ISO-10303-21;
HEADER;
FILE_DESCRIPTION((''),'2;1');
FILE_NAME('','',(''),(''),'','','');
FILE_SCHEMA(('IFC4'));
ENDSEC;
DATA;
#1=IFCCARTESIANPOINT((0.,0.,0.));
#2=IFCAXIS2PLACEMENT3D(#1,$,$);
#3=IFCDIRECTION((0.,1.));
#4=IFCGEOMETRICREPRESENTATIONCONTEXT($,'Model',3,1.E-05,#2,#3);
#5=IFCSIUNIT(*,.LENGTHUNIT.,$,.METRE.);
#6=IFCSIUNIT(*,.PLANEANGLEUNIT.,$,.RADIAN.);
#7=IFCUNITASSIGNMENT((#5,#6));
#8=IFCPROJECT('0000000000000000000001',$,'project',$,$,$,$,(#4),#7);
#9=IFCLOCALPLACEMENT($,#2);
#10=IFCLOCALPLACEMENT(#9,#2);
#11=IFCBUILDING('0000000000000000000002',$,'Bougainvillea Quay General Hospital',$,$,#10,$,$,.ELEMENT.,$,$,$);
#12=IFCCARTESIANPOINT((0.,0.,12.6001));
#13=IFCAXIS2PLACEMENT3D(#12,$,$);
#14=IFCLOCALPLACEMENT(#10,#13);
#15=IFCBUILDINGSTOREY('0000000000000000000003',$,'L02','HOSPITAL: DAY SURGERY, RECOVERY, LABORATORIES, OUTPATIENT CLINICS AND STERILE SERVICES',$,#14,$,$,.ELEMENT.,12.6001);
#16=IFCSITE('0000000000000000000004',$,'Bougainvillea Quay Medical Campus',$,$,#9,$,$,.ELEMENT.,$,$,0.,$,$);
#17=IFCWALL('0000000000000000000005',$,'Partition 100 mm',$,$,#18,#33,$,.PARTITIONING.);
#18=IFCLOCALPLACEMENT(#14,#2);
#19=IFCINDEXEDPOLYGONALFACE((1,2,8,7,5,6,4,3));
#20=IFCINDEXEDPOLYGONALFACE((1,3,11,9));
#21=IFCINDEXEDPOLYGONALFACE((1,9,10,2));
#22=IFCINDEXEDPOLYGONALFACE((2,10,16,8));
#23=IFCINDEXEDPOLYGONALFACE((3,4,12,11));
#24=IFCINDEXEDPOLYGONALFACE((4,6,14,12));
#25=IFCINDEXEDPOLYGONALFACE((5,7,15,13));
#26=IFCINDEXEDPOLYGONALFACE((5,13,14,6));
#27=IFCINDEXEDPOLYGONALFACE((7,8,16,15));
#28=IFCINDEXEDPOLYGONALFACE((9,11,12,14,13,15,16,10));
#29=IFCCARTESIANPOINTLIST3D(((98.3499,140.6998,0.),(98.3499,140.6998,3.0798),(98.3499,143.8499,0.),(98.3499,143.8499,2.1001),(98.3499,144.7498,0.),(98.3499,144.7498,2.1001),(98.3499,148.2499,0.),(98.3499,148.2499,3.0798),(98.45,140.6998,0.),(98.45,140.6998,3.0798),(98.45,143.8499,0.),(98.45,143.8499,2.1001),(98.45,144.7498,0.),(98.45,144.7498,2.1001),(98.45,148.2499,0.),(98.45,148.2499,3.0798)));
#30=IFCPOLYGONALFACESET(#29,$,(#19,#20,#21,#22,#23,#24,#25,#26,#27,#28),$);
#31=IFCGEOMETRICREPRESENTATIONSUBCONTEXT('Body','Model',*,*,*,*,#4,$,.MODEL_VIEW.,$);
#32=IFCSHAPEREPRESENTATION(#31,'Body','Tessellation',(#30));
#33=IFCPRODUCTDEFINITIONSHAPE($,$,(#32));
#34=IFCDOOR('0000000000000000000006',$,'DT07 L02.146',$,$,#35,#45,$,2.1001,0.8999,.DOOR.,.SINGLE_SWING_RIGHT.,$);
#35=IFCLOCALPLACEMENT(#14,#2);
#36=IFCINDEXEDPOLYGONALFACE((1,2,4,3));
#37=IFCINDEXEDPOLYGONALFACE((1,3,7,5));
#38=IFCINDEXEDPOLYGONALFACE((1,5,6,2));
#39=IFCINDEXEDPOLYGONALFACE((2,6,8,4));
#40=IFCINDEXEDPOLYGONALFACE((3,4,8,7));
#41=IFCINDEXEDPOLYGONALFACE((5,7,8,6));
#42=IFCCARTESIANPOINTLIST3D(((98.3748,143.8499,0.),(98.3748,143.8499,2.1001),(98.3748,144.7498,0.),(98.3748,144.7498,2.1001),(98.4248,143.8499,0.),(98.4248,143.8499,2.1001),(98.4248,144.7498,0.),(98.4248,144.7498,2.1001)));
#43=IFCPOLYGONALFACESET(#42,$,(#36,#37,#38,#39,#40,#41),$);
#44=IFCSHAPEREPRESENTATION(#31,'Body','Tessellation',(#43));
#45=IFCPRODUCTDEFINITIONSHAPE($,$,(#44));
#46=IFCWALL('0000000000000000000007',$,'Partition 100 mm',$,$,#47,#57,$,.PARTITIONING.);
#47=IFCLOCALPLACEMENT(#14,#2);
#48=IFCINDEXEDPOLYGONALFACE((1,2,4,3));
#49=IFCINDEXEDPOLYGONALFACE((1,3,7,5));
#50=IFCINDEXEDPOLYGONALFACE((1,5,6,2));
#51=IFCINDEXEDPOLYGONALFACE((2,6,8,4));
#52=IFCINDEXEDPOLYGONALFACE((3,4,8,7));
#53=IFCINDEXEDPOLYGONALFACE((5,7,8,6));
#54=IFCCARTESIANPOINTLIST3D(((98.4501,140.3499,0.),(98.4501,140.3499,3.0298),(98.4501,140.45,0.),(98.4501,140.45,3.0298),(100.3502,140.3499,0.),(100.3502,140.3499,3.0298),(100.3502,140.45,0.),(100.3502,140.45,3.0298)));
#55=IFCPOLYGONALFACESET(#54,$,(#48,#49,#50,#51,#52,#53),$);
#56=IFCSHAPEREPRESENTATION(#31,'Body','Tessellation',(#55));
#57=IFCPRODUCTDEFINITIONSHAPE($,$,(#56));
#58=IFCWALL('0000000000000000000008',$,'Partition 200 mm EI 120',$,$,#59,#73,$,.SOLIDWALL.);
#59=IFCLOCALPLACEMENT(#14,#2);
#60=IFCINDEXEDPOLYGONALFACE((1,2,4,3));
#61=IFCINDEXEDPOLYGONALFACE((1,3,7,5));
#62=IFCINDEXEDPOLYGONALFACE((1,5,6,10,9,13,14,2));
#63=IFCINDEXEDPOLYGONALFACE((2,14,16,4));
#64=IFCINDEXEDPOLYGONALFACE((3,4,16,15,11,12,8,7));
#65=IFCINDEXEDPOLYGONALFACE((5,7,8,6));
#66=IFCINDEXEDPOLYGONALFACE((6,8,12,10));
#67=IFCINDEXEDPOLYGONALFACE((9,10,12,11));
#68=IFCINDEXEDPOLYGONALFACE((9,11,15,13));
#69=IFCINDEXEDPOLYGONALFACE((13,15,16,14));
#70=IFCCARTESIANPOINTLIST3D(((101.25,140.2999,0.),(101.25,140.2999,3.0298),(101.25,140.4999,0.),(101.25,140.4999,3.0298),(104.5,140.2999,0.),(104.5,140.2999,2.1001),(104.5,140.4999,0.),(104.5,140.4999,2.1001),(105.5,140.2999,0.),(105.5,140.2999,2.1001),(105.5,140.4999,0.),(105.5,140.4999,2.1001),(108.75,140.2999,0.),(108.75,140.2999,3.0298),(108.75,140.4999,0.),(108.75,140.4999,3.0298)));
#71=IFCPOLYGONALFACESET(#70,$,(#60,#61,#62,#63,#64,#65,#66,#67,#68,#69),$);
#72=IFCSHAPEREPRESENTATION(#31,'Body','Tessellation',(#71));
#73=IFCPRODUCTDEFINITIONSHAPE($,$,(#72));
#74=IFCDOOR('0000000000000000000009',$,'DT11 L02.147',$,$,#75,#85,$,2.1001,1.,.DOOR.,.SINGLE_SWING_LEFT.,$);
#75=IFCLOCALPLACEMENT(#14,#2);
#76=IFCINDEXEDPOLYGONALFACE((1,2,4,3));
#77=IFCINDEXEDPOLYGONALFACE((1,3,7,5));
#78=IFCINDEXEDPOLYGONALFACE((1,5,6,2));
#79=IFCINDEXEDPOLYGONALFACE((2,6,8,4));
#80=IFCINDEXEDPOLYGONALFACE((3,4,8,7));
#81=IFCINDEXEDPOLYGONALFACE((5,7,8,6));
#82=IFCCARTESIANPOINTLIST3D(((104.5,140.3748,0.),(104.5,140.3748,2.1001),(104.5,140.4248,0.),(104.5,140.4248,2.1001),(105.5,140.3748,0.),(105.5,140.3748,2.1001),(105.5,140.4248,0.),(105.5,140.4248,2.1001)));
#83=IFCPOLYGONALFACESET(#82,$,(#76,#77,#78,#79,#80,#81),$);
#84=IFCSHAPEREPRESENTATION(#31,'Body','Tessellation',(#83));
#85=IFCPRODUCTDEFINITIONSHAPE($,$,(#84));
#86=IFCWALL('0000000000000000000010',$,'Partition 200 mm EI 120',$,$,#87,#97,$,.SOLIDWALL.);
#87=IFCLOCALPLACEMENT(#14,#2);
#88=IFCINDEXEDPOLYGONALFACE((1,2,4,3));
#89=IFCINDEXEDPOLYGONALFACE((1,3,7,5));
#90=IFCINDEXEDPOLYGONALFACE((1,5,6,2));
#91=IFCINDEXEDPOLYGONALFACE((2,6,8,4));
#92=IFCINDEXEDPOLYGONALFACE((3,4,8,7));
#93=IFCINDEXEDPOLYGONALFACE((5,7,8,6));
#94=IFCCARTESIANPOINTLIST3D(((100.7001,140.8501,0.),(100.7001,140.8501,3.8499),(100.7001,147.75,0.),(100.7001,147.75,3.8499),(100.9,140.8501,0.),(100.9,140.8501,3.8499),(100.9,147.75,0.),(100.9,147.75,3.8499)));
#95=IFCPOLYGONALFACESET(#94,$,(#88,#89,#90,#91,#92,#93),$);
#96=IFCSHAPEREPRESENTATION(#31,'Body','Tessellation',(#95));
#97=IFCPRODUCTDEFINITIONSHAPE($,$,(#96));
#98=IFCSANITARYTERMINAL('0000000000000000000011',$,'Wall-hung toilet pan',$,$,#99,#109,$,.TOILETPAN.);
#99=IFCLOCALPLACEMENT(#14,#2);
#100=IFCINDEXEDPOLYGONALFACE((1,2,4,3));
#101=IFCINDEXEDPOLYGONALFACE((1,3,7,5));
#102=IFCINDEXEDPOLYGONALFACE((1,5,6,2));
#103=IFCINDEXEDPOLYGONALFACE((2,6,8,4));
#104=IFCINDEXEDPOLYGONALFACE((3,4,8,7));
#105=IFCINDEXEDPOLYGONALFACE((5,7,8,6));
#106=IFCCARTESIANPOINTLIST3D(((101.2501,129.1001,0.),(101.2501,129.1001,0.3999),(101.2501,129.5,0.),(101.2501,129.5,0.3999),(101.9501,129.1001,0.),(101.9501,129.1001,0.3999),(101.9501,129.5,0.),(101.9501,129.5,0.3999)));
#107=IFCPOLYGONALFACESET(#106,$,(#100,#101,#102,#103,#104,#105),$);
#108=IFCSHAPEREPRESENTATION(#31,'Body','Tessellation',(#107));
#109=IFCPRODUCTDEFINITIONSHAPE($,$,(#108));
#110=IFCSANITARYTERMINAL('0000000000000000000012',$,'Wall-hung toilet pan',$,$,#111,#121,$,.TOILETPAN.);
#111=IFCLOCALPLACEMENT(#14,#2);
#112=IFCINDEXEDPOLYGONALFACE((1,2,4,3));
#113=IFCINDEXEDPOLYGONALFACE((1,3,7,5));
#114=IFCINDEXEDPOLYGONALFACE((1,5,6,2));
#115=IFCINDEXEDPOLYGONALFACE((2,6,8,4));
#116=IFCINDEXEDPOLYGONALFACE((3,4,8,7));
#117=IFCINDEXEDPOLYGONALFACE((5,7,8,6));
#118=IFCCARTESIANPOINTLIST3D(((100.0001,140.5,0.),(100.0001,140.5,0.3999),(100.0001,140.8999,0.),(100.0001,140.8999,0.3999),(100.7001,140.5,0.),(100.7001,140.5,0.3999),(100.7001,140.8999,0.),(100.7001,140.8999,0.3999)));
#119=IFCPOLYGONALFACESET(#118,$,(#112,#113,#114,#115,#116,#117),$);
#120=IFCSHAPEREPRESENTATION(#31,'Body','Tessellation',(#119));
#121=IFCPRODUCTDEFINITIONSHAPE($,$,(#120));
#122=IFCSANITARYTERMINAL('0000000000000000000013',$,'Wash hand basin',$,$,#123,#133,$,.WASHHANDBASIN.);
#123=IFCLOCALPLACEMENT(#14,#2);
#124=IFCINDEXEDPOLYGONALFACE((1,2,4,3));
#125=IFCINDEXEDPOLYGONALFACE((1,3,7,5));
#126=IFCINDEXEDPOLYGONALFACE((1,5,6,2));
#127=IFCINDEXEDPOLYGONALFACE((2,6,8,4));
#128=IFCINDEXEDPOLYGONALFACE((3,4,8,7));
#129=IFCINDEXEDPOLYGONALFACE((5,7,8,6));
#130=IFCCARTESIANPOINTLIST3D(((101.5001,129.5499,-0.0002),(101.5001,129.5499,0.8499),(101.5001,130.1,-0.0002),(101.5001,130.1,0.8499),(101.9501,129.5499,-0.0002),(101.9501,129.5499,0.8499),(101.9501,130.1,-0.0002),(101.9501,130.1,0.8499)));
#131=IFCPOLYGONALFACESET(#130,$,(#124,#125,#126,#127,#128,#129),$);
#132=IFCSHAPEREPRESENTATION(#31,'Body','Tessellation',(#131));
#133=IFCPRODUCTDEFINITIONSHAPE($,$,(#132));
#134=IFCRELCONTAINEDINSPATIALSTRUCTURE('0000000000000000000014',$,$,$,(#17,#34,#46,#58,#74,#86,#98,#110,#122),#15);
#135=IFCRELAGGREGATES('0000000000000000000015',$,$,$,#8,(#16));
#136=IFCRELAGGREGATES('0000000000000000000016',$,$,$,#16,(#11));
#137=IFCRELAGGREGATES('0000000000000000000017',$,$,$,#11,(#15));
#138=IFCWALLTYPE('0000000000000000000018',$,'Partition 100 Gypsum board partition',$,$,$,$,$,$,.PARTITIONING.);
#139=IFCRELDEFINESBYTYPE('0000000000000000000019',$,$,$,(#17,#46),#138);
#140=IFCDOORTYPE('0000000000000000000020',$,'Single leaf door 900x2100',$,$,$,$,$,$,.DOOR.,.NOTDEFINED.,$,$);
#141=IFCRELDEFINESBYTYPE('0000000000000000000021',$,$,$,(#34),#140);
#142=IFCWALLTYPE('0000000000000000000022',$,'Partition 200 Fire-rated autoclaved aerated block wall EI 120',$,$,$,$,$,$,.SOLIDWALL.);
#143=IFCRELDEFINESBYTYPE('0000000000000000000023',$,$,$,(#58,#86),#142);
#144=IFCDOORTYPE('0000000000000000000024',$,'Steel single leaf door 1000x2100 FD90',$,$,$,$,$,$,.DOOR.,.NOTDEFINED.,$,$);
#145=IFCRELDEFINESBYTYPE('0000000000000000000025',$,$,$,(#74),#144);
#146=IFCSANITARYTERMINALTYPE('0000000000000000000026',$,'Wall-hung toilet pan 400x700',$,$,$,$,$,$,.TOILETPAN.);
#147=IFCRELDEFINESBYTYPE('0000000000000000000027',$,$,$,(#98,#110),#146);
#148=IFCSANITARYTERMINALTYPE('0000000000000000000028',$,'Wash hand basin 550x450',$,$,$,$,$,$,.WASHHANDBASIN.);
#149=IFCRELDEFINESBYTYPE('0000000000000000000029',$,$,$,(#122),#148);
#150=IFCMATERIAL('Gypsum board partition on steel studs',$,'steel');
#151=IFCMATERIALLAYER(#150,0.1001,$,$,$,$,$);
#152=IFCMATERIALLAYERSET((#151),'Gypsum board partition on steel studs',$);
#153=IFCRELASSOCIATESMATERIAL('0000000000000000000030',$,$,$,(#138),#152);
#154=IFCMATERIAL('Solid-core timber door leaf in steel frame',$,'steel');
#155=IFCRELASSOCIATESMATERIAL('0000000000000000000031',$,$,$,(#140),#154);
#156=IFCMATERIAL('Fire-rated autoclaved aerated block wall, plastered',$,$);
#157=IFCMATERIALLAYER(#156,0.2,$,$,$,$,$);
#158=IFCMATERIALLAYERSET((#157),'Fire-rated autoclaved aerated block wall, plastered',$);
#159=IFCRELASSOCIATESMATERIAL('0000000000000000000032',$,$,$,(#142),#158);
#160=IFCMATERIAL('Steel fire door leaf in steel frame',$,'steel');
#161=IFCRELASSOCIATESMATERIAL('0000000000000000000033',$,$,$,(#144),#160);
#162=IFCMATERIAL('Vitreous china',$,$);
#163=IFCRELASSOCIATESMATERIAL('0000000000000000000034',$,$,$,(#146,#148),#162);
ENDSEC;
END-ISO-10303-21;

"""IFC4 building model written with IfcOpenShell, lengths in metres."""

from ifc_helpers import new_model, si_unit, direction, frame, frame_2d, origin, origin_2d, place, context, subcontext, project, spatial, rectangle, extrude, material, layer, layer_set, type_object, element, fill, save


model = new_model("IFC4")

# Units and contexts
model_context = context("Model", 3, precision=1e-05, world=origin(), true_north=direction((0.0, 1.0)))
body_context = subcontext(model_context, "Body", "Model", "MODEL_VIEW")
ifc_project = project(units=[si_unit("LENGTHUNIT", "METRE"), si_unit("PLANEANGLEUNIT", "RADIAN")], contexts=[model_context])

# Site, building, storey
site_placement = place(None, origin())
site = spatial("IfcSite", under=ifc_project, at=site_placement, Name="Bougainvillea Quay Medical Campus", CompositionType="ELEMENT", RefElevation=0.0)
building_placement = place(site_placement, origin())
building = spatial("IfcBuilding", under=site, at=building_placement, Name="Bougainvillea Quay General Hospital", CompositionType="ELEMENT")
storey_placement = place(building_placement, frame((0.0, 0.0, 12.6001)))
storey = spatial("IfcBuildingStorey", under=building, at=storey_placement, Name="L02", Description="HOSPITAL: DAY SURGERY, RECOVERY, LABORATORIES, OUTPATIENT CLINICS AND STERILE SERVICES", CompositionType="ELEMENT", Elevation=12.6001)

# Shared definitions
ifc_material_1 = material(Name="Gypsum board partition on steel studs", Category="steel")
ifc_layer_1 = layer(ifc_material_1, 0.1001)
ifc_layer_set_1 = layer_set([ifc_layer_1], Name="Gypsum board partition on steel studs")
wall_type_1 = type_object("IfcWallType", Name="Partition 100 Gypsum board partition", PredefinedType="PARTITIONING", material=ifc_layer_set_1)

# Shared definitions
ifc_material_2 = material(Name="Solid-core timber door leaf in steel frame", Category="steel")
door_type_1 = type_object("IfcDoorType", Name="Single leaf door 900x2100", OperationType="NOTDEFINED", PredefinedType="DOOR", material=ifc_material_2)

# Wall, opening, door
wall_1_placement = place(storey_placement, frame((98.3999, 140.7, 0.0), z_axis=(0.0, 0.0, 1.0), x_axis=(0.0, 1.0, 0.0)))
wall_1 = element("IfcWall", 1, at=wall_1_placement, inside=storey, type_object=wall_type_1, Name="Partition 100 mm", PredefinedType="PARTITIONING", context=body_context, shape_type="SweptSolid", body=[
    extrude(rectangle(XDim=7.55, YDim=0.1001, at=frame_2d((3.7749, 0.0))), origin(), (0.0, 0.0, 1.0), 3.0798),
])
opening_1_placement = place(wall_1_placement, frame((3.1499, 0.0, 0.0)))
opening_1 = element("IfcOpeningElement", 2, at=opening_1_placement, cuts=wall_1, PredefinedType="OPENING", context=body_context, shape_type="SweptSolid", body=[
    extrude(rectangle(XDim=0.8999, YDim=2.1001, at=frame_2d((0.45, 1.05))), frame((0.0, 0.0601, 0.0), z_axis=(0.0, -1.0, 0.0), x_axis=(1.0, 0.0, 0.0)), (0.0, 0.0, 1.0), 0.1201),
])
door_1_placement = place(opening_1_placement, frame((0.8999, 0.0, 0.0), z_axis=(0.0, 0.0, 1.0), x_axis=(-1.0, 0.0, 0.0)))
door_1 = element("IfcDoor", 3, at=door_1_placement, inside=storey, type_object=door_type_1, Name="DT07 L02.146", OperationType="SINGLE_SWING_RIGHT", OverallHeight=2.1001, OverallWidth=0.8999, PredefinedType="DOOR", context=body_context, shape_type="SweptSolid", body=[
    extrude(rectangle(XDim=0.8999, YDim=2.1001, at=frame_2d((0.45, 1.05))), frame((0.0, 0.0249, 0.0), z_axis=(0.0, -1.0, 0.0), x_axis=(1.0, 0.0, 0.0)), (0.0, 0.0, 1.0), 0.05),
])
fill(opening_1, door_1)

# Wall
wall_2_placement = place(storey_placement, frame((98.45, 140.3999, 0.0), z_axis=(0.0, 0.0, 1.0), x_axis=(1.0, 0.0, 0.0)))
element("IfcWall", 4, at=wall_2_placement, inside=storey, type_object=wall_type_1, Name="Partition 100 mm", PredefinedType="PARTITIONING", context=body_context, shape_type="SweptSolid", body=[
    extrude(rectangle(XDim=1.9001, YDim=0.1001, at=frame_2d((0.9502, 0.0))), origin(), (0.0, 0.0, 1.0), 3.0298),
])

# Wall, opening, door
ifc_material_3 = material(Name="Fire-rated autoclaved aerated block wall, plastered")
ifc_layer_2 = layer(ifc_material_3, 0.2)
ifc_layer_set_2 = layer_set([ifc_layer_2], Name="Fire-rated autoclaved aerated block wall, plastered")
wall_type_2 = type_object("IfcWallType", Name="Partition 200 Fire-rated autoclaved aerated block wall EI 120", PredefinedType="SOLIDWALL", material=ifc_layer_set_2)
wall_3_placement = place(storey_placement, frame((101.25, 140.3999, 0.0), z_axis=(0.0, 0.0, 1.0), x_axis=(1.0, 0.0, 0.0)))
wall_3 = element("IfcWall", 5, at=wall_3_placement, inside=storey, type_object=wall_type_2, Name="Partition 200 mm EI 120", PredefinedType="SOLIDWALL", context=body_context, shape_type="SweptSolid", body=[
    extrude(rectangle(XDim=7.5, YDim=0.2, at=frame_2d((3.75, 0.0))), origin(), (0.0, 0.0, 1.0), 3.0298),
])
opening_2_placement = place(wall_3_placement, frame((3.25, 0.0, 0.0)))
opening_2 = element("IfcOpeningElement", 6, at=opening_2_placement, cuts=wall_3, PredefinedType="OPENING", context=body_context, shape_type="SweptSolid", body=[
    extrude(rectangle(XDim=1.0, YDim=2.1001, at=frame_2d((0.5, 1.05))), frame((0.0, 0.1099, 0.0), z_axis=(0.0, -1.0, 0.0), x_axis=(1.0, 0.0, 0.0)), (0.0, 0.0, 1.0), 0.22),
])
ifc_material_4 = material(Name="Steel fire door leaf in steel frame", Category="steel")
door_type_2 = type_object("IfcDoorType", Name="Steel single leaf door 1000x2100 FD90", OperationType="NOTDEFINED", PredefinedType="DOOR", material=ifc_material_4)
door_2_placement = place(opening_2_placement, origin())
door_2 = element("IfcDoor", 7, at=door_2_placement, inside=storey, type_object=door_type_2, Name="DT11 L02.147", OperationType="SINGLE_SWING_LEFT", OverallHeight=2.1001, OverallWidth=1.0, PredefinedType="DOOR", context=body_context, shape_type="SweptSolid", body=[
    extrude(rectangle(XDim=1.0, YDim=2.1001, at=frame_2d((0.5, 1.05))), frame((0.0, 0.0249, 0.0), z_axis=(0.0, -1.0, 0.0), x_axis=(1.0, 0.0, 0.0)), (0.0, 0.0, 1.0), 0.05),
])
fill(opening_2, door_2)

# Wall
wall_4_placement = place(storey_placement, frame((100.8, 140.8501, 0.0), z_axis=(0.0, 0.0, 1.0), x_axis=(0.0, 1.0, 0.0)))
element("IfcWall", 8, at=wall_4_placement, inside=storey, type_object=wall_type_2, Name="Partition 200 mm EI 120", PredefinedType="SOLIDWALL", context=body_context, shape_type="SweptSolid", body=[
    extrude(rectangle(XDim=6.8999, YDim=0.2, at=frame_2d((3.45, 0.0))), origin(), (0.0, 0.0, 1.0), 3.8499),
])

# Sanitary terminals
ifc_material_5 = material(Name="Vitreous china")
sanitary_terminal_type_1 = type_object("IfcSanitaryTerminalType", Name="Wall-hung toilet pan 400x700", PredefinedType="TOILETPAN", material=ifc_material_5)
for number, where, z_axis, x_axis, name in (
    (9, (101.6001, 129.3, 0.0), (0.0, 0.0, 1.0), (0.0, -1.0, 0.0), "Wall-hung toilet pan"),
    (10, (100.3501, 140.7, 0.0), (0.0, 0.0, 1.0), (0.0, -1.0, 0.0), "Wall-hung toilet pan"),
):
    element("IfcSanitaryTerminal", number, at=place(storey_placement, frame(where, z_axis=z_axis, x_axis=x_axis)), inside=storey, type_object=sanitary_terminal_type_1, Name=name, PredefinedType="TOILETPAN", context=body_context, shape_type="SweptSolid", body=[
        extrude(rectangle(XDim=0.3999, YDim=0.7, at=origin_2d()), origin(), (0.0, 0.0, 1.0), 0.3999),
    ])
sanitary_terminal_type_2 = type_object("IfcSanitaryTerminalType", Name="Wash hand basin 550x450", PredefinedType="WASHHANDBASIN", material=ifc_material_5)
sanitary_terminal_placement = place(storey_placement, frame((101.7251, 129.825, -0.0002), z_axis=(0.0, 0.0, 1.0), x_axis=(0.0, -1.0, 0.0)))
element("IfcSanitaryTerminal", 11, at=sanitary_terminal_placement, inside=storey, type_object=sanitary_terminal_type_2, Name="Wash hand basin", PredefinedType="WASHHANDBASIN", context=body_context, shape_type="SweptSolid", body=[
    extrude(rectangle(XDim=0.55, YDim=0.45, at=origin_2d()), origin(), (0.0, 0.0, 1.0), 0.8501),
])

save(model, "model.ifc")
